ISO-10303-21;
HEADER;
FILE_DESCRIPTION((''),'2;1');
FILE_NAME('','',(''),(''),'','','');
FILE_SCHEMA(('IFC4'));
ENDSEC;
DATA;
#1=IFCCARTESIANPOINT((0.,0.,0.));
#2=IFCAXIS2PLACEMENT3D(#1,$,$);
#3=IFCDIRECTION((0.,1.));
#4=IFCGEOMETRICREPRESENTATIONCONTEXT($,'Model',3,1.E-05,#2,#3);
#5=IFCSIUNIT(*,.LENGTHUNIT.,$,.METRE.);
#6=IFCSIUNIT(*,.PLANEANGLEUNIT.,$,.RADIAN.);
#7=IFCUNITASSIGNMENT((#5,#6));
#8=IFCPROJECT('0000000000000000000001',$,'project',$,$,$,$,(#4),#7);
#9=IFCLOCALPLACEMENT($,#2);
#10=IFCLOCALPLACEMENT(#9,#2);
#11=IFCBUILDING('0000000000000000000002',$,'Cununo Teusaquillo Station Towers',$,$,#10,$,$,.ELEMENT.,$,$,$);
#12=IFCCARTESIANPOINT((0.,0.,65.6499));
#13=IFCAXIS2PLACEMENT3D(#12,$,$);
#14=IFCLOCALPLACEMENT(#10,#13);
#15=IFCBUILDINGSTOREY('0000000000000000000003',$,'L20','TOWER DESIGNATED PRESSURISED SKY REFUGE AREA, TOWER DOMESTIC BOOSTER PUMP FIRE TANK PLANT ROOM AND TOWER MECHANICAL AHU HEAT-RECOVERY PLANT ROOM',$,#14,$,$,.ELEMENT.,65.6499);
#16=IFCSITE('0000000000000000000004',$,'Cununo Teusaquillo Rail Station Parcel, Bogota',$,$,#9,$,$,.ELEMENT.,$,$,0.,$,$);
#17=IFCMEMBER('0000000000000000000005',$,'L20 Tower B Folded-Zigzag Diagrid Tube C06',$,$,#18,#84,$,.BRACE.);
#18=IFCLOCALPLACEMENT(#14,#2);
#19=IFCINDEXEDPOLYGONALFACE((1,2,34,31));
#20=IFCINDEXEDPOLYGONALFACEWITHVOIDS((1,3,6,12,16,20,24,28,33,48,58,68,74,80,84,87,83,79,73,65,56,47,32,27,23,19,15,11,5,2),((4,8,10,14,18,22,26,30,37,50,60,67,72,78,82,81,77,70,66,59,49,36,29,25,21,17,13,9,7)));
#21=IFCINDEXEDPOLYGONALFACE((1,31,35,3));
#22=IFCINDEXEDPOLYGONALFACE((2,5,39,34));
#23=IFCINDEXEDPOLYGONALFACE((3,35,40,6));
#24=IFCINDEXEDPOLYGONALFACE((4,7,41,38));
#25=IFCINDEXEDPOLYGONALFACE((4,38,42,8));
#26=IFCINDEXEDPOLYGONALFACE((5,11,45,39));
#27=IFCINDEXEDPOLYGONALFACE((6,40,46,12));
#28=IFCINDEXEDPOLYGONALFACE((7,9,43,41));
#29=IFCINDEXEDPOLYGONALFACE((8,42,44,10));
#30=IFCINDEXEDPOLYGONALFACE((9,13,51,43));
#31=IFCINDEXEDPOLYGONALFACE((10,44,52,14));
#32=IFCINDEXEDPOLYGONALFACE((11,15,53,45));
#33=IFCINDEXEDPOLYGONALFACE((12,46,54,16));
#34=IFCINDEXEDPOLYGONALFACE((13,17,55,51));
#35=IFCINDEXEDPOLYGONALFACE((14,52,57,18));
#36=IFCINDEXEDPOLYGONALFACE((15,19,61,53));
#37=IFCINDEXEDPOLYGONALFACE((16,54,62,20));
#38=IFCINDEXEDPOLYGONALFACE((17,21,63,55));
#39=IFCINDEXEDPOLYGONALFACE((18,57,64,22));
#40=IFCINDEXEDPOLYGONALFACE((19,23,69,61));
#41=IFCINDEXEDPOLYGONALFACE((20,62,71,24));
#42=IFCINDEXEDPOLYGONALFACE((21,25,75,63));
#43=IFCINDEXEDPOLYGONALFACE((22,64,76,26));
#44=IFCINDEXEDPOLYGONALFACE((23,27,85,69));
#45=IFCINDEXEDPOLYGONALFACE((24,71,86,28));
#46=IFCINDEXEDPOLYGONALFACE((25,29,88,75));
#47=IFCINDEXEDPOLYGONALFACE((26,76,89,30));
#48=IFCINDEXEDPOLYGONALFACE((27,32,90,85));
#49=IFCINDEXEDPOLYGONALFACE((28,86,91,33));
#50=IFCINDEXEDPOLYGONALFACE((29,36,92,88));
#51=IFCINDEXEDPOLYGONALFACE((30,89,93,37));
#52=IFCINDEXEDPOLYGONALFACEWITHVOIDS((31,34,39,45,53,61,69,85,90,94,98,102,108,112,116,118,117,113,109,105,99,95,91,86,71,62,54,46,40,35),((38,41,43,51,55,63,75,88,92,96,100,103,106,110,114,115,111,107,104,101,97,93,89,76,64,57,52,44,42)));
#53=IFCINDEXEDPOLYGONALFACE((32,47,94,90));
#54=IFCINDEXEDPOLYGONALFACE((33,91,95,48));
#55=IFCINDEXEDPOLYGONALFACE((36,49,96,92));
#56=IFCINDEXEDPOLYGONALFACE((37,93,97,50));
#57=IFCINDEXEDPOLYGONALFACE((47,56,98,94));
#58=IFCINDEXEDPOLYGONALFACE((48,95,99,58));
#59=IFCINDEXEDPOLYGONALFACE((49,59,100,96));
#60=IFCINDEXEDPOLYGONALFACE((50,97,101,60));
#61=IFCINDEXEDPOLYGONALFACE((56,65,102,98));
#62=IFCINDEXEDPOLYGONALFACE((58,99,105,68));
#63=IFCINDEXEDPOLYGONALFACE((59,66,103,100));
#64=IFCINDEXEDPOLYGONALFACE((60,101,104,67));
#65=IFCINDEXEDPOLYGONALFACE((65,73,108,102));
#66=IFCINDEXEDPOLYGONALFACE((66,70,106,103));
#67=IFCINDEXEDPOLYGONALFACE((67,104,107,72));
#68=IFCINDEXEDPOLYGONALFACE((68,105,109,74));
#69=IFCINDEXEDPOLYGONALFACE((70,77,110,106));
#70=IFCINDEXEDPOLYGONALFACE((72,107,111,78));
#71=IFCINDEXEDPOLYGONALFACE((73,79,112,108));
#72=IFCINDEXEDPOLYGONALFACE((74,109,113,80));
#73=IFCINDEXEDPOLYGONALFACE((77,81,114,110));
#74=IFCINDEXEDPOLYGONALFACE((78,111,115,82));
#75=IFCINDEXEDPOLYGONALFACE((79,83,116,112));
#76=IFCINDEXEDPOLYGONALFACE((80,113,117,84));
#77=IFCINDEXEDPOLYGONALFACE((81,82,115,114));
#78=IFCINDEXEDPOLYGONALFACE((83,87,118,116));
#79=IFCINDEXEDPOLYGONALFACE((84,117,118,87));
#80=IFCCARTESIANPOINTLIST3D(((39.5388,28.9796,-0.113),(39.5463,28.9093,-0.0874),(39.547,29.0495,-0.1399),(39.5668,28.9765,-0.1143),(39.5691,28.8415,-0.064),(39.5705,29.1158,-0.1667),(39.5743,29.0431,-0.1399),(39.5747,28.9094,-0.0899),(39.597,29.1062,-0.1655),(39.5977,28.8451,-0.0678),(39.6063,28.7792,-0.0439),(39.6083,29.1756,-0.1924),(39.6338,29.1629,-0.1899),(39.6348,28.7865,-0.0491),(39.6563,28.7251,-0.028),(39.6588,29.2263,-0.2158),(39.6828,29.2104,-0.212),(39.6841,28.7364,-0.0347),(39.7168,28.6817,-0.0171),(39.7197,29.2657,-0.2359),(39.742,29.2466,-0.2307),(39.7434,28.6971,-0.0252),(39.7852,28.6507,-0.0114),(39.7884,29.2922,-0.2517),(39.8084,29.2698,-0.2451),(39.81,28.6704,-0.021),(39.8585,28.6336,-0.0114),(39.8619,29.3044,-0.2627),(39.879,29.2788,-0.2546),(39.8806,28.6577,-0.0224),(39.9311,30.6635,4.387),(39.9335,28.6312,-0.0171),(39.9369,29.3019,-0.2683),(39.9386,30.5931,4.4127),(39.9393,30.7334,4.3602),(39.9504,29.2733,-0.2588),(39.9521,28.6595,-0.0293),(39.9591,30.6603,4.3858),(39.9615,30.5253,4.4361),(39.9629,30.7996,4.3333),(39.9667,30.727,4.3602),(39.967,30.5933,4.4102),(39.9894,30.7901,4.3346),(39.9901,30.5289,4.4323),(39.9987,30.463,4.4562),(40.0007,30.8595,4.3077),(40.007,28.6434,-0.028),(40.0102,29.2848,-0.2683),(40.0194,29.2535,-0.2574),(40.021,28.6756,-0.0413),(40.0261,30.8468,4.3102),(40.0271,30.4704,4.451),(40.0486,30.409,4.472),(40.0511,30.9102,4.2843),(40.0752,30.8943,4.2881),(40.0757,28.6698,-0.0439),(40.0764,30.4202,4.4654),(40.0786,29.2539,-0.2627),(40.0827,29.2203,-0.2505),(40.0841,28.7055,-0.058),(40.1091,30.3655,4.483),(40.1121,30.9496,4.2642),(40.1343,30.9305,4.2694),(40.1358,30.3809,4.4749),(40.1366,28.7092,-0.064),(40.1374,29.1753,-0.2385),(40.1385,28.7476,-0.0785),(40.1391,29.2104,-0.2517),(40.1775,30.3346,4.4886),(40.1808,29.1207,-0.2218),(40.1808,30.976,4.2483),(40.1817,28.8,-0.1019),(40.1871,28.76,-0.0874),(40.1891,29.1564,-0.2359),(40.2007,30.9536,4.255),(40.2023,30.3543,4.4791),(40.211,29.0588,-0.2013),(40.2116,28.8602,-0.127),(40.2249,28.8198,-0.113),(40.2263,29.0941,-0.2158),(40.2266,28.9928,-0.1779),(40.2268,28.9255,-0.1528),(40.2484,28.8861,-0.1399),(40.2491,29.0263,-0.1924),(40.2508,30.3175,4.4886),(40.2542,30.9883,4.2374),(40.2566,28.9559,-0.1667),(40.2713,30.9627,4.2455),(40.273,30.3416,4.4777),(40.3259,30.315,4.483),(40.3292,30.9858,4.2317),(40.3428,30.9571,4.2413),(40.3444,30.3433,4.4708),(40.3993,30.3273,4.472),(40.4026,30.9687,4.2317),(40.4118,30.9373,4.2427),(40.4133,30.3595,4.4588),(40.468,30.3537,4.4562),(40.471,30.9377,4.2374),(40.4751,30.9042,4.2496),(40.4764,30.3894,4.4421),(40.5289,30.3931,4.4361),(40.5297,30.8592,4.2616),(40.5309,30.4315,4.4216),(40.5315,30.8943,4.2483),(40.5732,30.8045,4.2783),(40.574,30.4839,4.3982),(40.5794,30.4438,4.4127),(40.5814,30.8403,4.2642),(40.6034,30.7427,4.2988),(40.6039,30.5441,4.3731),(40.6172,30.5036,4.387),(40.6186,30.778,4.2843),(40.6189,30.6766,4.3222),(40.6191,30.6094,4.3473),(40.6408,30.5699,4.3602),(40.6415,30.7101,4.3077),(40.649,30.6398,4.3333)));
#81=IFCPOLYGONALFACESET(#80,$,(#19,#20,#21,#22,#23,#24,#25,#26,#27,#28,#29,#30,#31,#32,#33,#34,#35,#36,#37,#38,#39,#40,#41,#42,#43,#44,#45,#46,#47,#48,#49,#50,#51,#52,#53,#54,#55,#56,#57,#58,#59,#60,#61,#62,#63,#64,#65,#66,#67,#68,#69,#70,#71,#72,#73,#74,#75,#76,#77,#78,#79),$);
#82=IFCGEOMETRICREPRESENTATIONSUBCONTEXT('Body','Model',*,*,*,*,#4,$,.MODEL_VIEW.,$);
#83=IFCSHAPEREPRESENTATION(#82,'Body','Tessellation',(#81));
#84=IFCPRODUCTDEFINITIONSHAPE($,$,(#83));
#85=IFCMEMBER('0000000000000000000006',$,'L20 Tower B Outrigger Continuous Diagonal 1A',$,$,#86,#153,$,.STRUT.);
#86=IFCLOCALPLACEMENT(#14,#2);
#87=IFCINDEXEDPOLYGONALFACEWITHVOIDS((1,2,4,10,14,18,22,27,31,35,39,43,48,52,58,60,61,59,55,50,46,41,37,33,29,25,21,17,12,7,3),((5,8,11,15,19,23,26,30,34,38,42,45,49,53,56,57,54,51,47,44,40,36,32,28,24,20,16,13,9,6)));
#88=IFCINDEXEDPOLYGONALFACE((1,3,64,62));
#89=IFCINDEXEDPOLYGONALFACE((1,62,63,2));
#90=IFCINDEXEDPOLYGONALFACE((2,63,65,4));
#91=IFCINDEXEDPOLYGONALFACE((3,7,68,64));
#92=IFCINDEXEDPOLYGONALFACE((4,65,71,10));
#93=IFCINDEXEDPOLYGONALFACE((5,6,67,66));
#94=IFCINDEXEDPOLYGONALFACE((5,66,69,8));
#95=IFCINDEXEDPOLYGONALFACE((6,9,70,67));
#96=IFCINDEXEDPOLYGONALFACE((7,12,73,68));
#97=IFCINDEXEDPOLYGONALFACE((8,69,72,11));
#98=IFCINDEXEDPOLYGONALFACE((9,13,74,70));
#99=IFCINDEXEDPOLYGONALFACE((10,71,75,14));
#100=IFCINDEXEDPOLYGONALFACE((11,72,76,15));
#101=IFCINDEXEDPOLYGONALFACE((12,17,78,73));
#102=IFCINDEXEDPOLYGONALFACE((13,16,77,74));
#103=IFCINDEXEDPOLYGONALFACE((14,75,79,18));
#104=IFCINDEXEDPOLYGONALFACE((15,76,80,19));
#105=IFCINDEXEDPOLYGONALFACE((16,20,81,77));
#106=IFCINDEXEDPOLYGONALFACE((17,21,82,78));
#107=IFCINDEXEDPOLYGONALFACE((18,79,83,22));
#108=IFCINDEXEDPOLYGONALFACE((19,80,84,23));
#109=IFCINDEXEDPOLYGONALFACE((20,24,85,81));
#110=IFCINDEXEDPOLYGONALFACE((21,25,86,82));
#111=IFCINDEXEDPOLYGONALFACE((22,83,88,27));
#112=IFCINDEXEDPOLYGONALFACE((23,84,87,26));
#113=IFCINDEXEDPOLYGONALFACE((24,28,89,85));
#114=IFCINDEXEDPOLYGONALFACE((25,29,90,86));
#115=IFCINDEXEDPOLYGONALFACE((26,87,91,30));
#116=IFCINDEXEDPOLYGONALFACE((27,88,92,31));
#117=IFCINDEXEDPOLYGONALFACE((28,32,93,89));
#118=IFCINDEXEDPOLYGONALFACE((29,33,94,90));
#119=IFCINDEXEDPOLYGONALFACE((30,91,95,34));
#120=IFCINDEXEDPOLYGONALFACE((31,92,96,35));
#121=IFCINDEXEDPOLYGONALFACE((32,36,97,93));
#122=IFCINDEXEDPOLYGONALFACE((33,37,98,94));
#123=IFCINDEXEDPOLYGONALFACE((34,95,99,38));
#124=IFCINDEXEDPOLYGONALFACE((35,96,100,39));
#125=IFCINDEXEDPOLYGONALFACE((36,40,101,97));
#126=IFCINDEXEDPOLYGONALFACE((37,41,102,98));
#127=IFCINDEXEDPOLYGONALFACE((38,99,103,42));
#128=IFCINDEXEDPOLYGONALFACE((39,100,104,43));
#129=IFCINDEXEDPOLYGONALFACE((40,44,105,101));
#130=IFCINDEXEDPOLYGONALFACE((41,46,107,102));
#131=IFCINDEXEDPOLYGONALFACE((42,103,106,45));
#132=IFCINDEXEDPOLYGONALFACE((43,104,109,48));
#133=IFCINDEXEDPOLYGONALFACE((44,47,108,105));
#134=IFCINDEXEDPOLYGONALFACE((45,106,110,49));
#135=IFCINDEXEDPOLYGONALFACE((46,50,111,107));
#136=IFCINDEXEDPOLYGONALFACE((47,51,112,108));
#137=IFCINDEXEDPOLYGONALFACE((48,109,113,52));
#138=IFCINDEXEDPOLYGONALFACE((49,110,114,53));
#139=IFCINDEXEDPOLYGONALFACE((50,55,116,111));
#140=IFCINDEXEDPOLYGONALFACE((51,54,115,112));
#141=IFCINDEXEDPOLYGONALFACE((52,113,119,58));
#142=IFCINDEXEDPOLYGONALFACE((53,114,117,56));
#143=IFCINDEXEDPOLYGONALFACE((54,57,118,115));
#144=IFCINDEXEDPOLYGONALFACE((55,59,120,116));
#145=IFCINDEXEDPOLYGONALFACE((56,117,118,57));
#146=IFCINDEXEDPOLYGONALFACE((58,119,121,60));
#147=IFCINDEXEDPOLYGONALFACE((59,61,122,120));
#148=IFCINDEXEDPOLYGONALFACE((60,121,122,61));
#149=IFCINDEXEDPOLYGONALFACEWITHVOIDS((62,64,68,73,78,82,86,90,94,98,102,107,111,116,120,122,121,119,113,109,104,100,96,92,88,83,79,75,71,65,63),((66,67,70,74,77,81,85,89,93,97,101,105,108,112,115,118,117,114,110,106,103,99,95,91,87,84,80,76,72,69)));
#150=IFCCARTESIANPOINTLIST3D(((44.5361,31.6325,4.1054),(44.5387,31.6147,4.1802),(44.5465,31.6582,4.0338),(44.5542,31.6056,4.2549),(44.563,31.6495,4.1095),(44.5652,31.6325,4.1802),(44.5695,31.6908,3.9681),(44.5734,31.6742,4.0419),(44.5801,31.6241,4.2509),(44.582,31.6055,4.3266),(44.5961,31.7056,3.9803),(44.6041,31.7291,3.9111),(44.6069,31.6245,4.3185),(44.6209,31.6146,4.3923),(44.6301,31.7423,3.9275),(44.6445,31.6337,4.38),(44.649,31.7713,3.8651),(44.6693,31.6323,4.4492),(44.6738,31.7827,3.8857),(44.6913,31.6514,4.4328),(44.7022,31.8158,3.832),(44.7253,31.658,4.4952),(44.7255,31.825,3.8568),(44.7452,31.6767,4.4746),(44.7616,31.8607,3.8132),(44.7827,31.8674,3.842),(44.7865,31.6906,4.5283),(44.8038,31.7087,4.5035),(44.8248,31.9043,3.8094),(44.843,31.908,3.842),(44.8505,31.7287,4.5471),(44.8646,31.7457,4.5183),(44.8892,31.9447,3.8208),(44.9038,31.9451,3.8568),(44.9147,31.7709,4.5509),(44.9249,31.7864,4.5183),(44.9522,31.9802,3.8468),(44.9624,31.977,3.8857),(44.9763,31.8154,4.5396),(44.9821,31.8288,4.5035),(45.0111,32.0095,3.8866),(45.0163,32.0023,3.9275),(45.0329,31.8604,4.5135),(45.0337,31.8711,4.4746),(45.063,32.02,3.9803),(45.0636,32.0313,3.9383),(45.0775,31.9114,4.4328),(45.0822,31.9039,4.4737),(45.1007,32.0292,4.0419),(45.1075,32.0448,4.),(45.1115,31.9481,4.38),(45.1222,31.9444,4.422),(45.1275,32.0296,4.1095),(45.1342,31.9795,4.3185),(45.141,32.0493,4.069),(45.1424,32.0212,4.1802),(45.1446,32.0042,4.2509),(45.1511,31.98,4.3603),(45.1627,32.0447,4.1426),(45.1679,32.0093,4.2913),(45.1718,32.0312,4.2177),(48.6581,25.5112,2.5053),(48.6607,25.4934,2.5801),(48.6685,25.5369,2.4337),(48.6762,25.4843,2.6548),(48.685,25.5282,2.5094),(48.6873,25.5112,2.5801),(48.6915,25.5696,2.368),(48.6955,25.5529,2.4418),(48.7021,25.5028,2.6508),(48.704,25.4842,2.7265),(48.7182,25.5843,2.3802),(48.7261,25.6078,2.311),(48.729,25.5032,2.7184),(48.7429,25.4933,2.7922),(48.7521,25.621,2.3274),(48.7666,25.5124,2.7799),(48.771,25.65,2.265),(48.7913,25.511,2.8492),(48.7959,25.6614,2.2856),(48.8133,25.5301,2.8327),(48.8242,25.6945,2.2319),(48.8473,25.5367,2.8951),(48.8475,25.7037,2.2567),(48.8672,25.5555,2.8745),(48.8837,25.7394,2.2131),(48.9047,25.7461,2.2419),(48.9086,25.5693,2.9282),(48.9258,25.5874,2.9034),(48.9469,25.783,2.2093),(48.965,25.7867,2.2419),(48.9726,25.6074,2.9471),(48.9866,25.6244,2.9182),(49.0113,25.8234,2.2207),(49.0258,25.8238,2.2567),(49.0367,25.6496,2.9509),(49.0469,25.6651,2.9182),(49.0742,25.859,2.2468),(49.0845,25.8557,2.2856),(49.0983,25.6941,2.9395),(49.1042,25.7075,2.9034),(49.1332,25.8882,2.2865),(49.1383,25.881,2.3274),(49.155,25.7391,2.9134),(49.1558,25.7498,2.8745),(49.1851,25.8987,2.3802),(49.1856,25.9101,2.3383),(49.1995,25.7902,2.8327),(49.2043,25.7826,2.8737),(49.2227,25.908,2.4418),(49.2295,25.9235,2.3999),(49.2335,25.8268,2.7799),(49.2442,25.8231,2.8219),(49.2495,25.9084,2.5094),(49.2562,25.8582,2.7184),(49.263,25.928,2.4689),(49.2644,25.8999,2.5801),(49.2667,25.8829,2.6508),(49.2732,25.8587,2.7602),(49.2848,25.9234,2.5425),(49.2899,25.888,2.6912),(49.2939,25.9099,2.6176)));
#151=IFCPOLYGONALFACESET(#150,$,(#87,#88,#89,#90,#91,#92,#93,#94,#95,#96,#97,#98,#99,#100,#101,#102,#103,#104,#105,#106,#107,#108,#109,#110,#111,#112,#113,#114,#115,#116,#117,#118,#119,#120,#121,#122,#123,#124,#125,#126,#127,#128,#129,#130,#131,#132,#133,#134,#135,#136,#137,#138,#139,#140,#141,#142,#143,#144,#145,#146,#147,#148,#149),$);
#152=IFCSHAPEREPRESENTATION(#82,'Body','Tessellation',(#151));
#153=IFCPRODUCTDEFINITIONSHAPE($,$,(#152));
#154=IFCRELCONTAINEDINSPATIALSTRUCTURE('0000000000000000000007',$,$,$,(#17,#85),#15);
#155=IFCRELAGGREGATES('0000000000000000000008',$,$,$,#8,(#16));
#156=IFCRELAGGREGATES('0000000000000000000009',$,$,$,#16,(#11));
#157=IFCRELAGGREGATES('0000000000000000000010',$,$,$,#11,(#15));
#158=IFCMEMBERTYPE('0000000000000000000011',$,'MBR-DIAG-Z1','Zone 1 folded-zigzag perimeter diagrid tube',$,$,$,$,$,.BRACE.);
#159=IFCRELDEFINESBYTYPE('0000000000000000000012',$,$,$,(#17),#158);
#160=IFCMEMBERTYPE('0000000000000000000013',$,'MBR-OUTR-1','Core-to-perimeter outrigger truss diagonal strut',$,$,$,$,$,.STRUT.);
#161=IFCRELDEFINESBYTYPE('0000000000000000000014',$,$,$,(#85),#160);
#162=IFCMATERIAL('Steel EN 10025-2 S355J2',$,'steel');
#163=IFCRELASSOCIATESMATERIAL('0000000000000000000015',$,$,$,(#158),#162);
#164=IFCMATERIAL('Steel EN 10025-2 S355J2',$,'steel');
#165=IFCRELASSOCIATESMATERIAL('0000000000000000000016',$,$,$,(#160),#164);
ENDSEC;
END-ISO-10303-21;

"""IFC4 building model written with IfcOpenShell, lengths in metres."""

from ifc_helpers import new_model, si_unit, direction, frame, origin, origin_2d, place, context, subcontext, project, spatial, hollow_circle, extrude, material, material_profile, profile_set, type_object, element, save


model = new_model("IFC4")

# Units and contexts
model_context = context("Model", 3, precision=1e-05, world=origin(), true_north=direction((0.0, 1.0)))
body_context = subcontext(model_context, "Body", "Model", "MODEL_VIEW")
ifc_project = project(units=[si_unit("LENGTHUNIT", "METRE"), si_unit("PLANEANGLEUNIT", "RADIAN")], contexts=[model_context])

# Site, building, storey
site_placement = place(None, origin())
site = spatial("IfcSite", under=ifc_project, at=site_placement, Name="Cununo Teusaquillo Rail Station Parcel, Bogota", CompositionType="ELEMENT", RefElevation=0.0)
building_placement = place(site_placement, origin())
building = spatial("IfcBuilding", under=site, at=building_placement, Name="Cununo Teusaquillo Station Towers", CompositionType="ELEMENT")
storey_placement = place(building_placement, frame((0.0, 0.0, 65.6499)))
storey = spatial("IfcBuildingStorey", under=building, at=storey_placement, Name="L20", Description="TOWER DESIGNATED PRESSURISED SKY REFUGE AREA, TOWER DOMESTIC BOOSTER PUMP FIRE TANK PLANT ROOM AND TOWER MECHANICAL AHU HEAT-RECOVERY PLANT ROOM", CompositionType="ELEMENT", Elevation=65.6499)

# Members
ifc_material_1 = material(Name="Steel EN 10025-2 S355J2", Category="steel")
ifc_material_profile_1 = material_profile(ifc_material_1, hollow_circle(Radius=0.3601, WallThickness=0.0281, at=origin_2d()), Name="CHS 720x28")
ifc_profile_set_1 = profile_set([ifc_material_profile_1], Name="Steel EN 10025-2 S355J2")
member_type_1 = type_object("IfcMemberType", Name="MBR-DIAG-Z1", Description="Zone 1 folded-zigzag perimeter diagrid tube", PredefinedType="BRACE", material=ifc_profile_set_1)
member_1_placement = place(storey_placement, frame((39.8977, 28.9678, -0.1399), z_axis=(0.081385, 0.349293, 0.933473), x_axis=(-0.973913, 0.226922, 0.0)))
element("IfcMember", 1, at=member_1_placement, inside=storey, type_object=member_type_1, Name="L20 Tower B Folded-Zigzag Diagrid Tube C06", PredefinedType="BRACE", context=body_context, shape_type="SweptSolid", body=[
    extrude(hollow_circle(Radius=0.3601, WallThickness=0.0281, at=origin_2d()), origin(), (0.0, 0.0, 1.0), 4.8208),
])
ifc_material_2 = material(Name="Steel EN 10025-2 S355J2", Category="steel")
ifc_material_profile_2 = material_profile(ifc_material_2, hollow_circle(Radius=0.3799, WallThickness=0.032, at=origin_2d()), Name="CHS 760x32")
ifc_profile_set_2 = profile_set([ifc_material_profile_2], Name="Steel EN 10025-2 S355J2")
member_type_2 = type_object("IfcMemberType", Name="MBR-OUTR-1", Description="Core-to-perimeter outrigger truss diagonal strut", PredefinedType="STRUT", material=ifc_profile_set_2)
member_2_placement = place(storey_placement, frame((48.9758, 25.7056, 2.5801), z_axis=(-0.545874, 0.810631, 0.211896), x_axis=(-0.829466, -0.558557, 0.0)))
element("IfcMember", 2, at=member_2_placement, inside=storey, type_object=member_type_2, Name="L20 Tower B Outrigger Continuous Diagonal 1A", PredefinedType="STRUT", context=body_context, shape_type="SweptSolid", body=[
    extrude(hollow_circle(Radius=0.3799, WallThickness=0.032, at=origin_2d()), origin(), (0.0, 0.0, 1.0), 7.5513),
])

save(model, "model.ifc")
